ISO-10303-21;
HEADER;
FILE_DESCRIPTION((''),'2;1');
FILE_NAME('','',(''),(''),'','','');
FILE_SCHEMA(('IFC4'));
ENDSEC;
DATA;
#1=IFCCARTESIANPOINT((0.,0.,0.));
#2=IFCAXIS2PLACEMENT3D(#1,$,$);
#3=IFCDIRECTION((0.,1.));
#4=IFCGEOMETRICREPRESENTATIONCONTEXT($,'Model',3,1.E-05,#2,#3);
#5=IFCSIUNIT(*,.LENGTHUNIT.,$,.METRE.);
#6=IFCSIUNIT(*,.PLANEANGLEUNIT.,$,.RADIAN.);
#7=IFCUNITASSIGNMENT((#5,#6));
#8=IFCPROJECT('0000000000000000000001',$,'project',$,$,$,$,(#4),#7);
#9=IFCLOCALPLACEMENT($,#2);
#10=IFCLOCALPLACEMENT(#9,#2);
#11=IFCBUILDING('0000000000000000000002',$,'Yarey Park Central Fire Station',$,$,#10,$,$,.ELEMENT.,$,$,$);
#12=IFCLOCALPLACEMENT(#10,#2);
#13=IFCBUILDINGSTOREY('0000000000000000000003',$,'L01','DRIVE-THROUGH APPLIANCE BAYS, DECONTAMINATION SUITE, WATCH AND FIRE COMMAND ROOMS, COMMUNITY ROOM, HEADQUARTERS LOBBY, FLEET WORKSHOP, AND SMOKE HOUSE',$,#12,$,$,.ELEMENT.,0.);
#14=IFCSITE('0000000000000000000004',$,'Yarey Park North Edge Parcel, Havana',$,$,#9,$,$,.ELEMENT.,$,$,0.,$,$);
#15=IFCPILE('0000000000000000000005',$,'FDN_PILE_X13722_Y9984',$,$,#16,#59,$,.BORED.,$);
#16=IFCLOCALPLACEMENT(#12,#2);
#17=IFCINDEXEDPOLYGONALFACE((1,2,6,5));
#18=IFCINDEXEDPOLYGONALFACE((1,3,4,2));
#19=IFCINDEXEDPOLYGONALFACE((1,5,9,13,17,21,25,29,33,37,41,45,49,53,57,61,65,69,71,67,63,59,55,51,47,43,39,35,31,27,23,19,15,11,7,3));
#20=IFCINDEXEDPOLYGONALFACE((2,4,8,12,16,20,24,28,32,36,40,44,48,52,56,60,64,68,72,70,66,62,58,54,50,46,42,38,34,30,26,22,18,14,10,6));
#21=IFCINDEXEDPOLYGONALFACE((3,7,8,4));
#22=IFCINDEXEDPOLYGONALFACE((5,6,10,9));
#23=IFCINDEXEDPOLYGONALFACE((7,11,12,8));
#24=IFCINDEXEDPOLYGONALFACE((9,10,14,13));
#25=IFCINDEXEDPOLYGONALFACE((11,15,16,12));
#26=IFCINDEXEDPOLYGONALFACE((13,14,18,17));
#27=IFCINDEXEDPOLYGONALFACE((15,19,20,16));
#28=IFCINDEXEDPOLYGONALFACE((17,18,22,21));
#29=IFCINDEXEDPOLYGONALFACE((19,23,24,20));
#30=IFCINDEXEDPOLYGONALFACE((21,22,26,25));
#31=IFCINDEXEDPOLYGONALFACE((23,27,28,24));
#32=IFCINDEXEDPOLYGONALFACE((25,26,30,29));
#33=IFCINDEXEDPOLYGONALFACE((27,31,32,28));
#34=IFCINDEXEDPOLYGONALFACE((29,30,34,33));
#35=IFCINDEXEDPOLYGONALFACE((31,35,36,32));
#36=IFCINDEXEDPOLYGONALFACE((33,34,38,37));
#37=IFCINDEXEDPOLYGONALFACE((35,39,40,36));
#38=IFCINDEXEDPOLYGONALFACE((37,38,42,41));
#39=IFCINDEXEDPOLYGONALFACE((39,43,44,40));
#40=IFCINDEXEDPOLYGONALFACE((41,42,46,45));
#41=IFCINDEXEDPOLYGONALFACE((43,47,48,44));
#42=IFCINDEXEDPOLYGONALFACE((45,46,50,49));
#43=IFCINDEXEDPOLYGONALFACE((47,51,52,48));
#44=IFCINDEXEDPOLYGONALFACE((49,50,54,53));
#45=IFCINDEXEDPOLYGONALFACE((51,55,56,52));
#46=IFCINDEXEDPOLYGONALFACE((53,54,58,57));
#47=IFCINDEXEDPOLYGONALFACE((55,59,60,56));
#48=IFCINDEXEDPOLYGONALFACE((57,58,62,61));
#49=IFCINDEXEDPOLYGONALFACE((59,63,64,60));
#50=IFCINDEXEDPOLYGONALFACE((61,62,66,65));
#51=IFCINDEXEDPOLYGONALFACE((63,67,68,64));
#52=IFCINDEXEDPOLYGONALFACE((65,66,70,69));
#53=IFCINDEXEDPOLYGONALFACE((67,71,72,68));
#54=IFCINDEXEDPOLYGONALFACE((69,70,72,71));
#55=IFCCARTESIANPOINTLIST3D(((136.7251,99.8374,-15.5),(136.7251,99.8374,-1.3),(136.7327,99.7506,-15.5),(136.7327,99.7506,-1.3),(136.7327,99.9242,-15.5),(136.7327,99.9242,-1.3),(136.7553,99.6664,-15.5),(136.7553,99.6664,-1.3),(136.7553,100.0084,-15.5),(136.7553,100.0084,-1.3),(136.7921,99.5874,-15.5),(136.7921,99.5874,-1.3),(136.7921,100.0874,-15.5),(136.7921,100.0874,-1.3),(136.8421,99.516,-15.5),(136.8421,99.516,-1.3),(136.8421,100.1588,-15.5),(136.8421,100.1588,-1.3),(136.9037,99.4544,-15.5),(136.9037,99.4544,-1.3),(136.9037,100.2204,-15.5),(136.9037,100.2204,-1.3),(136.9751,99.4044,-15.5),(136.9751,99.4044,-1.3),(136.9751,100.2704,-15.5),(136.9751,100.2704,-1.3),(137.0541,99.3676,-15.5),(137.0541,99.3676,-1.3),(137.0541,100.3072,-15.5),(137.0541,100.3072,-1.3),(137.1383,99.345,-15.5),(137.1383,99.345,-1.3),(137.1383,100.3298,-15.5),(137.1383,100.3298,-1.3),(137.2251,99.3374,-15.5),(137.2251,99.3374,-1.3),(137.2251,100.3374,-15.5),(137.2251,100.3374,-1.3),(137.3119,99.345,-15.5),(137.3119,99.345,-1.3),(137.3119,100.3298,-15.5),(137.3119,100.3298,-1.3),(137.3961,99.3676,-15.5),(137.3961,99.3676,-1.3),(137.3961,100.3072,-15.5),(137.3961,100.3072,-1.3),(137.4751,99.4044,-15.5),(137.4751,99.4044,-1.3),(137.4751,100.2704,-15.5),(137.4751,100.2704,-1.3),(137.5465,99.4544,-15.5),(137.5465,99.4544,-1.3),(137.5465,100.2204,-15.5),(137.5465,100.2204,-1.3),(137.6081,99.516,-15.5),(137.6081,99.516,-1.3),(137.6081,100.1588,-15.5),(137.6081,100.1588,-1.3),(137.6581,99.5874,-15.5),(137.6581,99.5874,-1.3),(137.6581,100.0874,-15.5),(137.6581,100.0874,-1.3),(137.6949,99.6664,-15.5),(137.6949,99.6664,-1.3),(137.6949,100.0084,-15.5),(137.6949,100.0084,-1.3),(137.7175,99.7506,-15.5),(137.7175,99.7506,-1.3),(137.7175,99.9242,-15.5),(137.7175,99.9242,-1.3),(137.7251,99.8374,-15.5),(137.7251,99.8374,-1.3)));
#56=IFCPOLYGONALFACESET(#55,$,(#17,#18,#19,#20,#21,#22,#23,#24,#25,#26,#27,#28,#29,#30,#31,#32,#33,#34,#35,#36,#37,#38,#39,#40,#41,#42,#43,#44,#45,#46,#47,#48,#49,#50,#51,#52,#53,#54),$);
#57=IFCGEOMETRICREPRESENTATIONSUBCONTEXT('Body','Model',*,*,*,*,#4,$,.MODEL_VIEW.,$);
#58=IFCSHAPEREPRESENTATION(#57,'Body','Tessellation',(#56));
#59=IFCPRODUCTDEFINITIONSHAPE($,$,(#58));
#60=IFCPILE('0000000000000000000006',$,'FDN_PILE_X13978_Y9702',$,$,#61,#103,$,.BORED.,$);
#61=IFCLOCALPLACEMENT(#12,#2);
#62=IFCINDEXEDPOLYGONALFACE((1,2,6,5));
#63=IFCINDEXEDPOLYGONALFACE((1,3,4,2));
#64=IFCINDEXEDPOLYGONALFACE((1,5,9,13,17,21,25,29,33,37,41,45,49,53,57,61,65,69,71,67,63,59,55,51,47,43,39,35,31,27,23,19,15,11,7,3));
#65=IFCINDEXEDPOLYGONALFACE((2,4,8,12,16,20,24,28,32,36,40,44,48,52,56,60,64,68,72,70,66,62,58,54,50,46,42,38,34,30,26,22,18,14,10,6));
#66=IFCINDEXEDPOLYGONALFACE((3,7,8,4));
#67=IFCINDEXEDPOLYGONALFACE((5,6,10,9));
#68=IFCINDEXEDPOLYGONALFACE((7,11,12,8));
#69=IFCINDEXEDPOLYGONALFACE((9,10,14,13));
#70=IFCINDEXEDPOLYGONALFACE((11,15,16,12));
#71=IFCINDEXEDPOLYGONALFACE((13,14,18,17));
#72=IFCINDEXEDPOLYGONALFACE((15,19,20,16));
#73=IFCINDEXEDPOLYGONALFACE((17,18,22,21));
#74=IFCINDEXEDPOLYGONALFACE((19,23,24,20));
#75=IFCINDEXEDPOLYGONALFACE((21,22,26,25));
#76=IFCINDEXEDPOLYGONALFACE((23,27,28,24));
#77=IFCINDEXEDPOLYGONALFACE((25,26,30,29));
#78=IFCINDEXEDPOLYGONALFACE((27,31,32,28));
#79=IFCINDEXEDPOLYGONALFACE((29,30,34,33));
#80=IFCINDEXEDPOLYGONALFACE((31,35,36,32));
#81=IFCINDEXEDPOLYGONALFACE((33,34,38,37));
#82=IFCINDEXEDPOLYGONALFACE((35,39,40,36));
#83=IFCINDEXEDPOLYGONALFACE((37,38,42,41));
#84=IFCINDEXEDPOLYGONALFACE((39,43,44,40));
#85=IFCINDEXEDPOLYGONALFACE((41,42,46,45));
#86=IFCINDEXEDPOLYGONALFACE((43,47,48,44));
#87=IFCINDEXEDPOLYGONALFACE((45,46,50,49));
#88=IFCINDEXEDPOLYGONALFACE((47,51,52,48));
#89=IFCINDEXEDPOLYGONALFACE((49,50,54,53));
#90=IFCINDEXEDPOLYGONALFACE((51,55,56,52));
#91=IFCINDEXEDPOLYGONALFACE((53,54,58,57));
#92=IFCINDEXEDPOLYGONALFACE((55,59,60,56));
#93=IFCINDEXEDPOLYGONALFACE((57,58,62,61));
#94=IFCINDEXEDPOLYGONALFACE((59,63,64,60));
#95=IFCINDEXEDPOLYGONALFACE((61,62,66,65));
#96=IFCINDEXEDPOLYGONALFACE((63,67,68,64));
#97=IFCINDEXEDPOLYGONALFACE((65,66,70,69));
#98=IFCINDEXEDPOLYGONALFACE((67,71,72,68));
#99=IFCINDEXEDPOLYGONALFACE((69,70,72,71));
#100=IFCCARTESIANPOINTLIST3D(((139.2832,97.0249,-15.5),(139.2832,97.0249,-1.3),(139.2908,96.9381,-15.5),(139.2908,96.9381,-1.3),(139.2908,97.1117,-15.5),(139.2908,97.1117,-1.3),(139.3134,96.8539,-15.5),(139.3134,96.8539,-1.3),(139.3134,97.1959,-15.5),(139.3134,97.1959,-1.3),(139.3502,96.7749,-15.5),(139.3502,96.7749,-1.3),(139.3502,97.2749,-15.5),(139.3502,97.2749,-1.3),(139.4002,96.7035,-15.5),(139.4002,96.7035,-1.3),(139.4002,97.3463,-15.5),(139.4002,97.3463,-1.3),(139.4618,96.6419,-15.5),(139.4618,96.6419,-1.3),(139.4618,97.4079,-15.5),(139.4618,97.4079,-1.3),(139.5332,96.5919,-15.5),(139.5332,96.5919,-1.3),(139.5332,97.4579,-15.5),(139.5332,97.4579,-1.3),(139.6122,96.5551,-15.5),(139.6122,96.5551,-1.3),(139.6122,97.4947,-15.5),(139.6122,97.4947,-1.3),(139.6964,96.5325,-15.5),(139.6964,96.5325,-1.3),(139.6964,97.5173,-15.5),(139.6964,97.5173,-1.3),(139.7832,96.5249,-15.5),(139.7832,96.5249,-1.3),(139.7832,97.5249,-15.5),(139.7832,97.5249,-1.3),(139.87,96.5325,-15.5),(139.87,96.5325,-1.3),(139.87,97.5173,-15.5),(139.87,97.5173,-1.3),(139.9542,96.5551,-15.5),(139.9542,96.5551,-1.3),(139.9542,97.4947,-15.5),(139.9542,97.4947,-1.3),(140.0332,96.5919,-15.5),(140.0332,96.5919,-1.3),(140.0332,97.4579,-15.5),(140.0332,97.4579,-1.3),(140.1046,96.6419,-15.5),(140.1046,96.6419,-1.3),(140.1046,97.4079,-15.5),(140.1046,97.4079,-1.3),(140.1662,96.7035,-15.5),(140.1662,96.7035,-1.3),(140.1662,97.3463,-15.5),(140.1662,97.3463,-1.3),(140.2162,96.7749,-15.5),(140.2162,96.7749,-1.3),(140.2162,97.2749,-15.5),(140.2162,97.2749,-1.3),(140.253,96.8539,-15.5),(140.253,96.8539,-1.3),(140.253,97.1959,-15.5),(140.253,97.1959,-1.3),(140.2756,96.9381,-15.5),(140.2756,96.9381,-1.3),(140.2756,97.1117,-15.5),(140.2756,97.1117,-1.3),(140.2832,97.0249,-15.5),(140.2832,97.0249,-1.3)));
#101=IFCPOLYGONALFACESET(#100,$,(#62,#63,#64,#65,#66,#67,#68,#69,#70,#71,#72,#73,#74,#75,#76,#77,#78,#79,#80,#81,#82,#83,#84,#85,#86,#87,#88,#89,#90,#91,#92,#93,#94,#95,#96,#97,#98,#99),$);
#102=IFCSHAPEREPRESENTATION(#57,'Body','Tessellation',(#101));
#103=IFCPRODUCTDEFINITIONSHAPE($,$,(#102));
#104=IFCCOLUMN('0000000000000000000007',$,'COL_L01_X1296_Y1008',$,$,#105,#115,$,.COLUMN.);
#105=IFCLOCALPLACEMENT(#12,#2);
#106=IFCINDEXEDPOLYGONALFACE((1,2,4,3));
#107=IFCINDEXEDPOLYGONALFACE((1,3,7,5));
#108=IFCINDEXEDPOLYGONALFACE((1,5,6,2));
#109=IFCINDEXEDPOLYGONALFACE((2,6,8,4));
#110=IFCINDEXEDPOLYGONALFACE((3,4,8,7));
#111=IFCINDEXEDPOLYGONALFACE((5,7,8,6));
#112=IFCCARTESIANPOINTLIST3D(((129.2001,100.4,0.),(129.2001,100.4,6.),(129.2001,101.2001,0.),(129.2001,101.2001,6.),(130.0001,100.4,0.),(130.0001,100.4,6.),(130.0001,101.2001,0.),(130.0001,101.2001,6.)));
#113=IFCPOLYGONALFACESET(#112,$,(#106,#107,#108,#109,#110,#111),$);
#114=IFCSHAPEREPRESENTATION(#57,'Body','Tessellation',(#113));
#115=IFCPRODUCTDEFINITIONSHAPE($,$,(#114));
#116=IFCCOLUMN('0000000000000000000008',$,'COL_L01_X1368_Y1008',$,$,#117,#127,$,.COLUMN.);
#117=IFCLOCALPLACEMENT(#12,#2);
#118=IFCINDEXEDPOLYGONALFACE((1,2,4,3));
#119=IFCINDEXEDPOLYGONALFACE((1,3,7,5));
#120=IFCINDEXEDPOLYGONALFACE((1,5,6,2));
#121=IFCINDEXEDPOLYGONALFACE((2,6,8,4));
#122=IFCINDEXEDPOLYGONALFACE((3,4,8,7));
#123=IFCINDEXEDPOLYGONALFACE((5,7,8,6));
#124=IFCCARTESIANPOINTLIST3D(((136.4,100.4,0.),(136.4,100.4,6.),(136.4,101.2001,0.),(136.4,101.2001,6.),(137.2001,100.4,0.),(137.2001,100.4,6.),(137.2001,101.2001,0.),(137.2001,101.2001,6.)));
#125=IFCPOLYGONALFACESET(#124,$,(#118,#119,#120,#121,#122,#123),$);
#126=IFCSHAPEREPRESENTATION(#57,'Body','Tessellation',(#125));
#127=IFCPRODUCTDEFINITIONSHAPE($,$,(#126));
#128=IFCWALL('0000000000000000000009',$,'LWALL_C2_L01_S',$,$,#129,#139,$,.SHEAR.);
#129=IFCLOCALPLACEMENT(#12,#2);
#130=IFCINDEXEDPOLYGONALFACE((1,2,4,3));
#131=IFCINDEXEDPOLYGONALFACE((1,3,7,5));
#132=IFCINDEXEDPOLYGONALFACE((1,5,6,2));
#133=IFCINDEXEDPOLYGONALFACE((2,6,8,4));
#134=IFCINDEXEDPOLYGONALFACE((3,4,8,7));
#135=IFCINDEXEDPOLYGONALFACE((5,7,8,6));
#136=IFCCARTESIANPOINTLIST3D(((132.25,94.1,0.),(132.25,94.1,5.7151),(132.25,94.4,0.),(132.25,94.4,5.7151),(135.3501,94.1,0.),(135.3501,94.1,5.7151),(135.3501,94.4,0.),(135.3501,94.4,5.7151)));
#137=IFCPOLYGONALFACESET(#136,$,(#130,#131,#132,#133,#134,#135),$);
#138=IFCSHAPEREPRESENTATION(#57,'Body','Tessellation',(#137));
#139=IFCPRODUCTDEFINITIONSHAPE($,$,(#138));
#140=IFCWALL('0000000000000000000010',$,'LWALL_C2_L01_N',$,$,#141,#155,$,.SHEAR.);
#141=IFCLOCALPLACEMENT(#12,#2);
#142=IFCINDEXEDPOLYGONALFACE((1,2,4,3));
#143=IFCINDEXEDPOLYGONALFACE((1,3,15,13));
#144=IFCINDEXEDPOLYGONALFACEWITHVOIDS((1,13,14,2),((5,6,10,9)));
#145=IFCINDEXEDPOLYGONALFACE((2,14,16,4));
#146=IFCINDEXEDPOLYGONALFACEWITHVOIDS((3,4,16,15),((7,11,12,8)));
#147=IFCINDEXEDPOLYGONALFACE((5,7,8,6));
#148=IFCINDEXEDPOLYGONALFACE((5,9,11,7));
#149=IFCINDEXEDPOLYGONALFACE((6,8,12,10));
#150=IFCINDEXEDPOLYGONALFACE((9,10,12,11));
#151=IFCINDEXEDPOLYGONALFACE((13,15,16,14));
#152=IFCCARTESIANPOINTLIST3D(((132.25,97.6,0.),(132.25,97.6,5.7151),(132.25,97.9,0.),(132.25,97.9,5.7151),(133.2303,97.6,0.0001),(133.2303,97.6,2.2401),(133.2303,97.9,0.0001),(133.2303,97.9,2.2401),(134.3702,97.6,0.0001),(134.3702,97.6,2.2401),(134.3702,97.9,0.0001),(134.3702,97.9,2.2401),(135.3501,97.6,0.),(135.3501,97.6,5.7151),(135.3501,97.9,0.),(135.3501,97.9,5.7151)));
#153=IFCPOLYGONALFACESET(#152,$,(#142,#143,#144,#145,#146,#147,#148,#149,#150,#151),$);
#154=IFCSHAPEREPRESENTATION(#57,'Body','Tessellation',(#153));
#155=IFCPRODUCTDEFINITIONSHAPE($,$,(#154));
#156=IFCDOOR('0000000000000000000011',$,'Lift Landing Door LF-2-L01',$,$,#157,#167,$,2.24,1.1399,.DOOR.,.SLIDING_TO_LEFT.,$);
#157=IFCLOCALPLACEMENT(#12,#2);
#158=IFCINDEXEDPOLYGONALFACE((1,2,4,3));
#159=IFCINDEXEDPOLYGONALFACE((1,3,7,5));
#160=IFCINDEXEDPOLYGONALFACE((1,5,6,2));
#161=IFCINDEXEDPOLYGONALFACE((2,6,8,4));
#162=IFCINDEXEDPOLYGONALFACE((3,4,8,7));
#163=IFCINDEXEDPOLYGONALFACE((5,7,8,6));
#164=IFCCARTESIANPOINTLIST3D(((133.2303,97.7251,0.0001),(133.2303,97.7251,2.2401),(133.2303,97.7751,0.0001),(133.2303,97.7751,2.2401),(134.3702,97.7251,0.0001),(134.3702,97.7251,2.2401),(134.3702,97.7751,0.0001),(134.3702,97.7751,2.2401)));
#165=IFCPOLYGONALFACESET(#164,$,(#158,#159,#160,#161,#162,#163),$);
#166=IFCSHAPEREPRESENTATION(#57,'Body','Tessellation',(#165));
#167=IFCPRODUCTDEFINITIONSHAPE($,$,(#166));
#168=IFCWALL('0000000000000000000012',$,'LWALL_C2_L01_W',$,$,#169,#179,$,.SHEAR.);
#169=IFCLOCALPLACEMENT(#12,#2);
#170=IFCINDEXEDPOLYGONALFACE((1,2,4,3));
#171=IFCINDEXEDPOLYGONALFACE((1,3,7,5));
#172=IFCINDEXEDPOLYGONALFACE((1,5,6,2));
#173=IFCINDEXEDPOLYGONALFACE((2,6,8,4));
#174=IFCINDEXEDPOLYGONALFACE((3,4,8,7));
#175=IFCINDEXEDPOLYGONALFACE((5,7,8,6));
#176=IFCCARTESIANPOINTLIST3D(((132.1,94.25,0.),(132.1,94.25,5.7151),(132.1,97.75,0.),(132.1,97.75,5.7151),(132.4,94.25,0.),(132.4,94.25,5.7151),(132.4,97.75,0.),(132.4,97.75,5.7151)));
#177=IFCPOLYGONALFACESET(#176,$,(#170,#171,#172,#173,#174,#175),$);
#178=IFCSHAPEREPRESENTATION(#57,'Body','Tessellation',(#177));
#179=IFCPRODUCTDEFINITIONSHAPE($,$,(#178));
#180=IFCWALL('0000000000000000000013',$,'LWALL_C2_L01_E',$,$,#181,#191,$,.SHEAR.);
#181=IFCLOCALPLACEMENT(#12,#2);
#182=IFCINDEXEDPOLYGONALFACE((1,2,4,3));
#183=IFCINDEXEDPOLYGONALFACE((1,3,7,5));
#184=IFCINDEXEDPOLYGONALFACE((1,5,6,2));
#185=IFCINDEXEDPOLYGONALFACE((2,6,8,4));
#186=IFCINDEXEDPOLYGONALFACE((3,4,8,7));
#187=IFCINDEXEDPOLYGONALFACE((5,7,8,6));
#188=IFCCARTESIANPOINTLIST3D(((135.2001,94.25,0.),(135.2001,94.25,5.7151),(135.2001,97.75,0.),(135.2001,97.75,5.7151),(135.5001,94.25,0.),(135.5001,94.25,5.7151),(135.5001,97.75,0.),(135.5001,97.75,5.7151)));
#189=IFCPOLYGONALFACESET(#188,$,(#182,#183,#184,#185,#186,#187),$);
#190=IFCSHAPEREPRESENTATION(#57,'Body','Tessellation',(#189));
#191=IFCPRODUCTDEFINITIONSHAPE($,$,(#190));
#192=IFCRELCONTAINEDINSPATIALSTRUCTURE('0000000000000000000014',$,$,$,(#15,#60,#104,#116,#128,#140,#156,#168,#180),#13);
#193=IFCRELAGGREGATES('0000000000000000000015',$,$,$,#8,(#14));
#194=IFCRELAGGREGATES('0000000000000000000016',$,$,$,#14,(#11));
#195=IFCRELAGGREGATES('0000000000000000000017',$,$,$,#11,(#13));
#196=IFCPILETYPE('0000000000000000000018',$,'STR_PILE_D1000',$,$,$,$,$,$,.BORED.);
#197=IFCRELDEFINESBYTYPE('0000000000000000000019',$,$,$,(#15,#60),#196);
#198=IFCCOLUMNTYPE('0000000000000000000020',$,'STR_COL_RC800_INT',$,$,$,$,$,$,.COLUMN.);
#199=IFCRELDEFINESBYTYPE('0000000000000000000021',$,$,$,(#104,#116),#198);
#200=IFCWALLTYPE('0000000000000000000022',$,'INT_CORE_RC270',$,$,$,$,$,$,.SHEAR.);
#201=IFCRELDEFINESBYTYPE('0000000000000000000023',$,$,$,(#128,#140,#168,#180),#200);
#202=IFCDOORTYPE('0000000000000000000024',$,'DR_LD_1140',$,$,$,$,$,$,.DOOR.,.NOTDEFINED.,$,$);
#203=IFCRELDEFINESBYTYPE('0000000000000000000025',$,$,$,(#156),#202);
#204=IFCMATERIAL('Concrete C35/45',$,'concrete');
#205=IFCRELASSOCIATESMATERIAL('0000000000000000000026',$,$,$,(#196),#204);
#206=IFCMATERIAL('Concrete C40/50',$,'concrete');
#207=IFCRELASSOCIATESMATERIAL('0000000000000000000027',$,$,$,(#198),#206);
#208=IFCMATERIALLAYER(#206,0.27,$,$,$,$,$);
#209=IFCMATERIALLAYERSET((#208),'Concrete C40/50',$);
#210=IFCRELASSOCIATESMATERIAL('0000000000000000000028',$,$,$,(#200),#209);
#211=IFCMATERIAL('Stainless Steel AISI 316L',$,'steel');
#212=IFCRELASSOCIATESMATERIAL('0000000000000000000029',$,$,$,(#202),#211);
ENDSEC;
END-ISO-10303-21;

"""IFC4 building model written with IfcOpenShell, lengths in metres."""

from ifc_helpers import new_model, si_unit, direction, frame, frame_2d, origin, origin_2d, place, context, subcontext, project, spatial, rectangle, circle, extrude, material, layer, layer_set, material_profile, profile_set, type_object, element, fill, save


model = new_model("IFC4")

# Units and contexts
model_context = context("Model", 3, precision=1e-05, world=origin(), true_north=direction((0.0, 1.0)))
body_context = subcontext(model_context, "Body", "Model", "MODEL_VIEW")
ifc_project = project(units=[si_unit("LENGTHUNIT", "METRE"), si_unit("PLANEANGLEUNIT", "RADIAN")], contexts=[model_context])

# Site, building, storey
site_placement = place(None, origin())
site = spatial("IfcSite", under=ifc_project, at=site_placement, Name="Yarey Park North Edge Parcel, Havana", CompositionType="ELEMENT", RefElevation=0.0)
building_placement = place(site_placement, origin())
building = spatial("IfcBuilding", under=site, at=building_placement, Name="Yarey Park Central Fire Station", CompositionType="ELEMENT")
storey_placement = place(building_placement, origin())
storey = spatial("IfcBuildingStorey", under=building, at=storey_placement, Name="L01", Description="DRIVE-THROUGH APPLIANCE BAYS, DECONTAMINATION SUITE, WATCH AND FIRE COMMAND ROOMS, COMMUNITY ROOM, HEADQUARTERS LOBBY, FLEET WORKSHOP, AND SMOKE HOUSE", CompositionType="ELEMENT", Elevation=0.0)

# Shared definitions
ifc_material_1 = material(Name="Concrete C35/45", Category="concrete")

# Piles
ifc_material_profile_1 = material_profile(ifc_material_1, circle(Radius=0.5, at=origin_2d()), Name="BORED PILE D1000")
ifc_profile_set_1 = profile_set([ifc_material_profile_1], Name="Concrete C35/45")
pile_type = type_object("IfcPileType", Name="STR_PILE_D1000", PredefinedType="BORED", material=ifc_profile_set_1)
for number, where, z_axis, x_axis, name in (
    (1, (137.2251, 99.8374, -1.3), (0.0, 0.0, -1.0), (1.0, 0.0, 0.0), "FDN_PILE_X13722_Y9984"),
    (2, (139.7832, 97.0249, -1.3), (0.0, 0.0, -1.0), (1.0, 0.0, 0.0), "FDN_PILE_X13978_Y9702"),
):
    element("IfcPile", number, at=place(storey_placement, frame(where, z_axis=z_axis, x_axis=x_axis)), inside=storey, type_object=pile_type, Name=name, PredefinedType="BORED", context=body_context, shape_type="SweptSolid", body=[
        extrude(circle(Radius=0.5, at=origin_2d()), origin(), (0.0, 0.0, 1.0), 14.2),
    ])

# Columns
ifc_material_2 = material(Name="Concrete C40/50", Category="concrete")
ifc_material_profile_2 = material_profile(ifc_material_2, rectangle(XDim=0.8, YDim=0.8, at=origin_2d()), Name="RC 800x800")
ifc_profile_set_2 = profile_set([ifc_material_profile_2], Name="Concrete C40/50")
column_type = type_object("IfcColumnType", Name="STR_COL_RC800_INT", PredefinedType="COLUMN", material=ifc_profile_set_2)
for number, where, z_axis, x_axis, name in (
    (3, (129.6001, 100.8, 0.0), (0.0, 0.0, 1.0), (1.0, 0.0, 0.0), "COL_L01_X1296_Y1008"),
    (4, (136.8, 100.8, 0.0), (0.0, 0.0, 1.0), (1.0, 0.0, 0.0), "COL_L01_X1368_Y1008"),
):
    element("IfcColumn", number, at=place(storey_placement, frame(where, z_axis=z_axis, x_axis=x_axis)), inside=storey, type_object=column_type, Name=name, PredefinedType="COLUMN", context=body_context, shape_type="SweptSolid", body=[
        extrude(rectangle(XDim=0.8, YDim=0.8, at=origin_2d()), origin(), (0.0, 0.0, 1.0), 6.0),
    ])

# Wall
ifc_layer_1 = layer(ifc_material_2, 0.27)
ifc_layer_set_1 = layer_set([ifc_layer_1], Name="Concrete C40/50")
wall_type_1 = type_object("IfcWallType", Name="INT_CORE_RC270", PredefinedType="SHEAR", material=ifc_layer_set_1)
wall_1_placement = place(storey_placement, frame((132.25, 94.25, 0.0), z_axis=(0.0, 0.0, 1.0), x_axis=(1.0, 0.0, 0.0)))
element("IfcWall", 5, at=wall_1_placement, inside=storey, type_object=wall_type_1, Name="LWALL_C2_L01_S", PredefinedType="SHEAR", context=body_context, shape_type="SweptSolid", body=[
    extrude(rectangle(XDim=3.1001, YDim=0.3, at=frame_2d((1.55, 0.0))), origin(), (0.0, 0.0, 1.0), 5.7151),
])

# Wall, opening, door
wall_2_placement = place(storey_placement, frame((135.3501, 97.75, 0.0), z_axis=(0.0, 0.0, 1.0), x_axis=(-1.0, 0.0, 0.0)))
wall_2 = element("IfcWall", 6, at=wall_2_placement, inside=storey, type_object=wall_type_1, Name="LWALL_C2_L01_N", PredefinedType="SHEAR", context=body_context, shape_type="SweptSolid", body=[
    extrude(rectangle(XDim=3.1001, YDim=0.3, at=frame_2d((1.55, 0.0))), origin(), (0.0, 0.0, 1.0), 5.7151),
])
opening_1_placement = place(wall_2_placement, frame((0.98, 0.0, 0.0)))
opening_1 = element("IfcOpeningElement", 7, at=opening_1_placement, cuts=wall_2, PredefinedType="OPENING", context=body_context, shape_type="SweptSolid", body=[
    extrude(rectangle(XDim=1.1399, YDim=2.24, at=frame_2d((0.5698, 1.1201))), frame((0.0, 0.1599, 0.0), z_axis=(0.0, -1.0, 0.0), x_axis=(1.0, 0.0, 0.0)), (0.0, 0.0, 1.0), 0.3201),
])
ifc_material_3 = material(Name="Stainless Steel AISI 316L", Category="steel")
door_type_1 = type_object("IfcDoorType", Name="DR_LD_1140", OperationType="NOTDEFINED", PredefinedType="DOOR", material=ifc_material_3)
door_1_placement = place(opening_1_placement, origin())
door_1 = element("IfcDoor", 8, at=door_1_placement, inside=storey, type_object=door_type_1, Name="Lift Landing Door LF-2-L01", OperationType="SLIDING_TO_LEFT", OverallHeight=2.24, OverallWidth=1.1399, PredefinedType="DOOR", context=body_context, shape_type="SweptSolid", body=[
    extrude(rectangle(XDim=1.1399, YDim=2.24, at=frame_2d((0.5698, 1.1201))), frame((0.0, 0.0249, 0.0), z_axis=(0.0, -1.0, 0.0), x_axis=(1.0, 0.0, 0.0)), (0.0, 0.0, 1.0), 0.05),
])
fill(opening_1, door_1)

# Walls
for number, where, z_axis, x_axis, name in (
    (9, (132.25, 97.75, 0.0), (0.0, 0.0, 1.0), (0.0, -1.0, 0.0), "LWALL_C2_L01_W"),
    (10, (135.3501, 94.25, 0.0), (0.0, 0.0, 1.0), (0.0, 1.0, 0.0), "LWALL_C2_L01_E"),
):
    element("IfcWall", number, at=place(storey_placement, frame(where, z_axis=z_axis, x_axis=x_axis)), inside=storey, type_object=wall_type_1, Name=name, PredefinedType="SHEAR", context=body_context, shape_type="SweptSolid", body=[
        extrude(rectangle(XDim=3.5, YDim=0.3, at=frame_2d((1.75, 0.0))), origin(), (0.0, 0.0, 1.0), 5.7151),
    ])

save(model, "model.ifc")
